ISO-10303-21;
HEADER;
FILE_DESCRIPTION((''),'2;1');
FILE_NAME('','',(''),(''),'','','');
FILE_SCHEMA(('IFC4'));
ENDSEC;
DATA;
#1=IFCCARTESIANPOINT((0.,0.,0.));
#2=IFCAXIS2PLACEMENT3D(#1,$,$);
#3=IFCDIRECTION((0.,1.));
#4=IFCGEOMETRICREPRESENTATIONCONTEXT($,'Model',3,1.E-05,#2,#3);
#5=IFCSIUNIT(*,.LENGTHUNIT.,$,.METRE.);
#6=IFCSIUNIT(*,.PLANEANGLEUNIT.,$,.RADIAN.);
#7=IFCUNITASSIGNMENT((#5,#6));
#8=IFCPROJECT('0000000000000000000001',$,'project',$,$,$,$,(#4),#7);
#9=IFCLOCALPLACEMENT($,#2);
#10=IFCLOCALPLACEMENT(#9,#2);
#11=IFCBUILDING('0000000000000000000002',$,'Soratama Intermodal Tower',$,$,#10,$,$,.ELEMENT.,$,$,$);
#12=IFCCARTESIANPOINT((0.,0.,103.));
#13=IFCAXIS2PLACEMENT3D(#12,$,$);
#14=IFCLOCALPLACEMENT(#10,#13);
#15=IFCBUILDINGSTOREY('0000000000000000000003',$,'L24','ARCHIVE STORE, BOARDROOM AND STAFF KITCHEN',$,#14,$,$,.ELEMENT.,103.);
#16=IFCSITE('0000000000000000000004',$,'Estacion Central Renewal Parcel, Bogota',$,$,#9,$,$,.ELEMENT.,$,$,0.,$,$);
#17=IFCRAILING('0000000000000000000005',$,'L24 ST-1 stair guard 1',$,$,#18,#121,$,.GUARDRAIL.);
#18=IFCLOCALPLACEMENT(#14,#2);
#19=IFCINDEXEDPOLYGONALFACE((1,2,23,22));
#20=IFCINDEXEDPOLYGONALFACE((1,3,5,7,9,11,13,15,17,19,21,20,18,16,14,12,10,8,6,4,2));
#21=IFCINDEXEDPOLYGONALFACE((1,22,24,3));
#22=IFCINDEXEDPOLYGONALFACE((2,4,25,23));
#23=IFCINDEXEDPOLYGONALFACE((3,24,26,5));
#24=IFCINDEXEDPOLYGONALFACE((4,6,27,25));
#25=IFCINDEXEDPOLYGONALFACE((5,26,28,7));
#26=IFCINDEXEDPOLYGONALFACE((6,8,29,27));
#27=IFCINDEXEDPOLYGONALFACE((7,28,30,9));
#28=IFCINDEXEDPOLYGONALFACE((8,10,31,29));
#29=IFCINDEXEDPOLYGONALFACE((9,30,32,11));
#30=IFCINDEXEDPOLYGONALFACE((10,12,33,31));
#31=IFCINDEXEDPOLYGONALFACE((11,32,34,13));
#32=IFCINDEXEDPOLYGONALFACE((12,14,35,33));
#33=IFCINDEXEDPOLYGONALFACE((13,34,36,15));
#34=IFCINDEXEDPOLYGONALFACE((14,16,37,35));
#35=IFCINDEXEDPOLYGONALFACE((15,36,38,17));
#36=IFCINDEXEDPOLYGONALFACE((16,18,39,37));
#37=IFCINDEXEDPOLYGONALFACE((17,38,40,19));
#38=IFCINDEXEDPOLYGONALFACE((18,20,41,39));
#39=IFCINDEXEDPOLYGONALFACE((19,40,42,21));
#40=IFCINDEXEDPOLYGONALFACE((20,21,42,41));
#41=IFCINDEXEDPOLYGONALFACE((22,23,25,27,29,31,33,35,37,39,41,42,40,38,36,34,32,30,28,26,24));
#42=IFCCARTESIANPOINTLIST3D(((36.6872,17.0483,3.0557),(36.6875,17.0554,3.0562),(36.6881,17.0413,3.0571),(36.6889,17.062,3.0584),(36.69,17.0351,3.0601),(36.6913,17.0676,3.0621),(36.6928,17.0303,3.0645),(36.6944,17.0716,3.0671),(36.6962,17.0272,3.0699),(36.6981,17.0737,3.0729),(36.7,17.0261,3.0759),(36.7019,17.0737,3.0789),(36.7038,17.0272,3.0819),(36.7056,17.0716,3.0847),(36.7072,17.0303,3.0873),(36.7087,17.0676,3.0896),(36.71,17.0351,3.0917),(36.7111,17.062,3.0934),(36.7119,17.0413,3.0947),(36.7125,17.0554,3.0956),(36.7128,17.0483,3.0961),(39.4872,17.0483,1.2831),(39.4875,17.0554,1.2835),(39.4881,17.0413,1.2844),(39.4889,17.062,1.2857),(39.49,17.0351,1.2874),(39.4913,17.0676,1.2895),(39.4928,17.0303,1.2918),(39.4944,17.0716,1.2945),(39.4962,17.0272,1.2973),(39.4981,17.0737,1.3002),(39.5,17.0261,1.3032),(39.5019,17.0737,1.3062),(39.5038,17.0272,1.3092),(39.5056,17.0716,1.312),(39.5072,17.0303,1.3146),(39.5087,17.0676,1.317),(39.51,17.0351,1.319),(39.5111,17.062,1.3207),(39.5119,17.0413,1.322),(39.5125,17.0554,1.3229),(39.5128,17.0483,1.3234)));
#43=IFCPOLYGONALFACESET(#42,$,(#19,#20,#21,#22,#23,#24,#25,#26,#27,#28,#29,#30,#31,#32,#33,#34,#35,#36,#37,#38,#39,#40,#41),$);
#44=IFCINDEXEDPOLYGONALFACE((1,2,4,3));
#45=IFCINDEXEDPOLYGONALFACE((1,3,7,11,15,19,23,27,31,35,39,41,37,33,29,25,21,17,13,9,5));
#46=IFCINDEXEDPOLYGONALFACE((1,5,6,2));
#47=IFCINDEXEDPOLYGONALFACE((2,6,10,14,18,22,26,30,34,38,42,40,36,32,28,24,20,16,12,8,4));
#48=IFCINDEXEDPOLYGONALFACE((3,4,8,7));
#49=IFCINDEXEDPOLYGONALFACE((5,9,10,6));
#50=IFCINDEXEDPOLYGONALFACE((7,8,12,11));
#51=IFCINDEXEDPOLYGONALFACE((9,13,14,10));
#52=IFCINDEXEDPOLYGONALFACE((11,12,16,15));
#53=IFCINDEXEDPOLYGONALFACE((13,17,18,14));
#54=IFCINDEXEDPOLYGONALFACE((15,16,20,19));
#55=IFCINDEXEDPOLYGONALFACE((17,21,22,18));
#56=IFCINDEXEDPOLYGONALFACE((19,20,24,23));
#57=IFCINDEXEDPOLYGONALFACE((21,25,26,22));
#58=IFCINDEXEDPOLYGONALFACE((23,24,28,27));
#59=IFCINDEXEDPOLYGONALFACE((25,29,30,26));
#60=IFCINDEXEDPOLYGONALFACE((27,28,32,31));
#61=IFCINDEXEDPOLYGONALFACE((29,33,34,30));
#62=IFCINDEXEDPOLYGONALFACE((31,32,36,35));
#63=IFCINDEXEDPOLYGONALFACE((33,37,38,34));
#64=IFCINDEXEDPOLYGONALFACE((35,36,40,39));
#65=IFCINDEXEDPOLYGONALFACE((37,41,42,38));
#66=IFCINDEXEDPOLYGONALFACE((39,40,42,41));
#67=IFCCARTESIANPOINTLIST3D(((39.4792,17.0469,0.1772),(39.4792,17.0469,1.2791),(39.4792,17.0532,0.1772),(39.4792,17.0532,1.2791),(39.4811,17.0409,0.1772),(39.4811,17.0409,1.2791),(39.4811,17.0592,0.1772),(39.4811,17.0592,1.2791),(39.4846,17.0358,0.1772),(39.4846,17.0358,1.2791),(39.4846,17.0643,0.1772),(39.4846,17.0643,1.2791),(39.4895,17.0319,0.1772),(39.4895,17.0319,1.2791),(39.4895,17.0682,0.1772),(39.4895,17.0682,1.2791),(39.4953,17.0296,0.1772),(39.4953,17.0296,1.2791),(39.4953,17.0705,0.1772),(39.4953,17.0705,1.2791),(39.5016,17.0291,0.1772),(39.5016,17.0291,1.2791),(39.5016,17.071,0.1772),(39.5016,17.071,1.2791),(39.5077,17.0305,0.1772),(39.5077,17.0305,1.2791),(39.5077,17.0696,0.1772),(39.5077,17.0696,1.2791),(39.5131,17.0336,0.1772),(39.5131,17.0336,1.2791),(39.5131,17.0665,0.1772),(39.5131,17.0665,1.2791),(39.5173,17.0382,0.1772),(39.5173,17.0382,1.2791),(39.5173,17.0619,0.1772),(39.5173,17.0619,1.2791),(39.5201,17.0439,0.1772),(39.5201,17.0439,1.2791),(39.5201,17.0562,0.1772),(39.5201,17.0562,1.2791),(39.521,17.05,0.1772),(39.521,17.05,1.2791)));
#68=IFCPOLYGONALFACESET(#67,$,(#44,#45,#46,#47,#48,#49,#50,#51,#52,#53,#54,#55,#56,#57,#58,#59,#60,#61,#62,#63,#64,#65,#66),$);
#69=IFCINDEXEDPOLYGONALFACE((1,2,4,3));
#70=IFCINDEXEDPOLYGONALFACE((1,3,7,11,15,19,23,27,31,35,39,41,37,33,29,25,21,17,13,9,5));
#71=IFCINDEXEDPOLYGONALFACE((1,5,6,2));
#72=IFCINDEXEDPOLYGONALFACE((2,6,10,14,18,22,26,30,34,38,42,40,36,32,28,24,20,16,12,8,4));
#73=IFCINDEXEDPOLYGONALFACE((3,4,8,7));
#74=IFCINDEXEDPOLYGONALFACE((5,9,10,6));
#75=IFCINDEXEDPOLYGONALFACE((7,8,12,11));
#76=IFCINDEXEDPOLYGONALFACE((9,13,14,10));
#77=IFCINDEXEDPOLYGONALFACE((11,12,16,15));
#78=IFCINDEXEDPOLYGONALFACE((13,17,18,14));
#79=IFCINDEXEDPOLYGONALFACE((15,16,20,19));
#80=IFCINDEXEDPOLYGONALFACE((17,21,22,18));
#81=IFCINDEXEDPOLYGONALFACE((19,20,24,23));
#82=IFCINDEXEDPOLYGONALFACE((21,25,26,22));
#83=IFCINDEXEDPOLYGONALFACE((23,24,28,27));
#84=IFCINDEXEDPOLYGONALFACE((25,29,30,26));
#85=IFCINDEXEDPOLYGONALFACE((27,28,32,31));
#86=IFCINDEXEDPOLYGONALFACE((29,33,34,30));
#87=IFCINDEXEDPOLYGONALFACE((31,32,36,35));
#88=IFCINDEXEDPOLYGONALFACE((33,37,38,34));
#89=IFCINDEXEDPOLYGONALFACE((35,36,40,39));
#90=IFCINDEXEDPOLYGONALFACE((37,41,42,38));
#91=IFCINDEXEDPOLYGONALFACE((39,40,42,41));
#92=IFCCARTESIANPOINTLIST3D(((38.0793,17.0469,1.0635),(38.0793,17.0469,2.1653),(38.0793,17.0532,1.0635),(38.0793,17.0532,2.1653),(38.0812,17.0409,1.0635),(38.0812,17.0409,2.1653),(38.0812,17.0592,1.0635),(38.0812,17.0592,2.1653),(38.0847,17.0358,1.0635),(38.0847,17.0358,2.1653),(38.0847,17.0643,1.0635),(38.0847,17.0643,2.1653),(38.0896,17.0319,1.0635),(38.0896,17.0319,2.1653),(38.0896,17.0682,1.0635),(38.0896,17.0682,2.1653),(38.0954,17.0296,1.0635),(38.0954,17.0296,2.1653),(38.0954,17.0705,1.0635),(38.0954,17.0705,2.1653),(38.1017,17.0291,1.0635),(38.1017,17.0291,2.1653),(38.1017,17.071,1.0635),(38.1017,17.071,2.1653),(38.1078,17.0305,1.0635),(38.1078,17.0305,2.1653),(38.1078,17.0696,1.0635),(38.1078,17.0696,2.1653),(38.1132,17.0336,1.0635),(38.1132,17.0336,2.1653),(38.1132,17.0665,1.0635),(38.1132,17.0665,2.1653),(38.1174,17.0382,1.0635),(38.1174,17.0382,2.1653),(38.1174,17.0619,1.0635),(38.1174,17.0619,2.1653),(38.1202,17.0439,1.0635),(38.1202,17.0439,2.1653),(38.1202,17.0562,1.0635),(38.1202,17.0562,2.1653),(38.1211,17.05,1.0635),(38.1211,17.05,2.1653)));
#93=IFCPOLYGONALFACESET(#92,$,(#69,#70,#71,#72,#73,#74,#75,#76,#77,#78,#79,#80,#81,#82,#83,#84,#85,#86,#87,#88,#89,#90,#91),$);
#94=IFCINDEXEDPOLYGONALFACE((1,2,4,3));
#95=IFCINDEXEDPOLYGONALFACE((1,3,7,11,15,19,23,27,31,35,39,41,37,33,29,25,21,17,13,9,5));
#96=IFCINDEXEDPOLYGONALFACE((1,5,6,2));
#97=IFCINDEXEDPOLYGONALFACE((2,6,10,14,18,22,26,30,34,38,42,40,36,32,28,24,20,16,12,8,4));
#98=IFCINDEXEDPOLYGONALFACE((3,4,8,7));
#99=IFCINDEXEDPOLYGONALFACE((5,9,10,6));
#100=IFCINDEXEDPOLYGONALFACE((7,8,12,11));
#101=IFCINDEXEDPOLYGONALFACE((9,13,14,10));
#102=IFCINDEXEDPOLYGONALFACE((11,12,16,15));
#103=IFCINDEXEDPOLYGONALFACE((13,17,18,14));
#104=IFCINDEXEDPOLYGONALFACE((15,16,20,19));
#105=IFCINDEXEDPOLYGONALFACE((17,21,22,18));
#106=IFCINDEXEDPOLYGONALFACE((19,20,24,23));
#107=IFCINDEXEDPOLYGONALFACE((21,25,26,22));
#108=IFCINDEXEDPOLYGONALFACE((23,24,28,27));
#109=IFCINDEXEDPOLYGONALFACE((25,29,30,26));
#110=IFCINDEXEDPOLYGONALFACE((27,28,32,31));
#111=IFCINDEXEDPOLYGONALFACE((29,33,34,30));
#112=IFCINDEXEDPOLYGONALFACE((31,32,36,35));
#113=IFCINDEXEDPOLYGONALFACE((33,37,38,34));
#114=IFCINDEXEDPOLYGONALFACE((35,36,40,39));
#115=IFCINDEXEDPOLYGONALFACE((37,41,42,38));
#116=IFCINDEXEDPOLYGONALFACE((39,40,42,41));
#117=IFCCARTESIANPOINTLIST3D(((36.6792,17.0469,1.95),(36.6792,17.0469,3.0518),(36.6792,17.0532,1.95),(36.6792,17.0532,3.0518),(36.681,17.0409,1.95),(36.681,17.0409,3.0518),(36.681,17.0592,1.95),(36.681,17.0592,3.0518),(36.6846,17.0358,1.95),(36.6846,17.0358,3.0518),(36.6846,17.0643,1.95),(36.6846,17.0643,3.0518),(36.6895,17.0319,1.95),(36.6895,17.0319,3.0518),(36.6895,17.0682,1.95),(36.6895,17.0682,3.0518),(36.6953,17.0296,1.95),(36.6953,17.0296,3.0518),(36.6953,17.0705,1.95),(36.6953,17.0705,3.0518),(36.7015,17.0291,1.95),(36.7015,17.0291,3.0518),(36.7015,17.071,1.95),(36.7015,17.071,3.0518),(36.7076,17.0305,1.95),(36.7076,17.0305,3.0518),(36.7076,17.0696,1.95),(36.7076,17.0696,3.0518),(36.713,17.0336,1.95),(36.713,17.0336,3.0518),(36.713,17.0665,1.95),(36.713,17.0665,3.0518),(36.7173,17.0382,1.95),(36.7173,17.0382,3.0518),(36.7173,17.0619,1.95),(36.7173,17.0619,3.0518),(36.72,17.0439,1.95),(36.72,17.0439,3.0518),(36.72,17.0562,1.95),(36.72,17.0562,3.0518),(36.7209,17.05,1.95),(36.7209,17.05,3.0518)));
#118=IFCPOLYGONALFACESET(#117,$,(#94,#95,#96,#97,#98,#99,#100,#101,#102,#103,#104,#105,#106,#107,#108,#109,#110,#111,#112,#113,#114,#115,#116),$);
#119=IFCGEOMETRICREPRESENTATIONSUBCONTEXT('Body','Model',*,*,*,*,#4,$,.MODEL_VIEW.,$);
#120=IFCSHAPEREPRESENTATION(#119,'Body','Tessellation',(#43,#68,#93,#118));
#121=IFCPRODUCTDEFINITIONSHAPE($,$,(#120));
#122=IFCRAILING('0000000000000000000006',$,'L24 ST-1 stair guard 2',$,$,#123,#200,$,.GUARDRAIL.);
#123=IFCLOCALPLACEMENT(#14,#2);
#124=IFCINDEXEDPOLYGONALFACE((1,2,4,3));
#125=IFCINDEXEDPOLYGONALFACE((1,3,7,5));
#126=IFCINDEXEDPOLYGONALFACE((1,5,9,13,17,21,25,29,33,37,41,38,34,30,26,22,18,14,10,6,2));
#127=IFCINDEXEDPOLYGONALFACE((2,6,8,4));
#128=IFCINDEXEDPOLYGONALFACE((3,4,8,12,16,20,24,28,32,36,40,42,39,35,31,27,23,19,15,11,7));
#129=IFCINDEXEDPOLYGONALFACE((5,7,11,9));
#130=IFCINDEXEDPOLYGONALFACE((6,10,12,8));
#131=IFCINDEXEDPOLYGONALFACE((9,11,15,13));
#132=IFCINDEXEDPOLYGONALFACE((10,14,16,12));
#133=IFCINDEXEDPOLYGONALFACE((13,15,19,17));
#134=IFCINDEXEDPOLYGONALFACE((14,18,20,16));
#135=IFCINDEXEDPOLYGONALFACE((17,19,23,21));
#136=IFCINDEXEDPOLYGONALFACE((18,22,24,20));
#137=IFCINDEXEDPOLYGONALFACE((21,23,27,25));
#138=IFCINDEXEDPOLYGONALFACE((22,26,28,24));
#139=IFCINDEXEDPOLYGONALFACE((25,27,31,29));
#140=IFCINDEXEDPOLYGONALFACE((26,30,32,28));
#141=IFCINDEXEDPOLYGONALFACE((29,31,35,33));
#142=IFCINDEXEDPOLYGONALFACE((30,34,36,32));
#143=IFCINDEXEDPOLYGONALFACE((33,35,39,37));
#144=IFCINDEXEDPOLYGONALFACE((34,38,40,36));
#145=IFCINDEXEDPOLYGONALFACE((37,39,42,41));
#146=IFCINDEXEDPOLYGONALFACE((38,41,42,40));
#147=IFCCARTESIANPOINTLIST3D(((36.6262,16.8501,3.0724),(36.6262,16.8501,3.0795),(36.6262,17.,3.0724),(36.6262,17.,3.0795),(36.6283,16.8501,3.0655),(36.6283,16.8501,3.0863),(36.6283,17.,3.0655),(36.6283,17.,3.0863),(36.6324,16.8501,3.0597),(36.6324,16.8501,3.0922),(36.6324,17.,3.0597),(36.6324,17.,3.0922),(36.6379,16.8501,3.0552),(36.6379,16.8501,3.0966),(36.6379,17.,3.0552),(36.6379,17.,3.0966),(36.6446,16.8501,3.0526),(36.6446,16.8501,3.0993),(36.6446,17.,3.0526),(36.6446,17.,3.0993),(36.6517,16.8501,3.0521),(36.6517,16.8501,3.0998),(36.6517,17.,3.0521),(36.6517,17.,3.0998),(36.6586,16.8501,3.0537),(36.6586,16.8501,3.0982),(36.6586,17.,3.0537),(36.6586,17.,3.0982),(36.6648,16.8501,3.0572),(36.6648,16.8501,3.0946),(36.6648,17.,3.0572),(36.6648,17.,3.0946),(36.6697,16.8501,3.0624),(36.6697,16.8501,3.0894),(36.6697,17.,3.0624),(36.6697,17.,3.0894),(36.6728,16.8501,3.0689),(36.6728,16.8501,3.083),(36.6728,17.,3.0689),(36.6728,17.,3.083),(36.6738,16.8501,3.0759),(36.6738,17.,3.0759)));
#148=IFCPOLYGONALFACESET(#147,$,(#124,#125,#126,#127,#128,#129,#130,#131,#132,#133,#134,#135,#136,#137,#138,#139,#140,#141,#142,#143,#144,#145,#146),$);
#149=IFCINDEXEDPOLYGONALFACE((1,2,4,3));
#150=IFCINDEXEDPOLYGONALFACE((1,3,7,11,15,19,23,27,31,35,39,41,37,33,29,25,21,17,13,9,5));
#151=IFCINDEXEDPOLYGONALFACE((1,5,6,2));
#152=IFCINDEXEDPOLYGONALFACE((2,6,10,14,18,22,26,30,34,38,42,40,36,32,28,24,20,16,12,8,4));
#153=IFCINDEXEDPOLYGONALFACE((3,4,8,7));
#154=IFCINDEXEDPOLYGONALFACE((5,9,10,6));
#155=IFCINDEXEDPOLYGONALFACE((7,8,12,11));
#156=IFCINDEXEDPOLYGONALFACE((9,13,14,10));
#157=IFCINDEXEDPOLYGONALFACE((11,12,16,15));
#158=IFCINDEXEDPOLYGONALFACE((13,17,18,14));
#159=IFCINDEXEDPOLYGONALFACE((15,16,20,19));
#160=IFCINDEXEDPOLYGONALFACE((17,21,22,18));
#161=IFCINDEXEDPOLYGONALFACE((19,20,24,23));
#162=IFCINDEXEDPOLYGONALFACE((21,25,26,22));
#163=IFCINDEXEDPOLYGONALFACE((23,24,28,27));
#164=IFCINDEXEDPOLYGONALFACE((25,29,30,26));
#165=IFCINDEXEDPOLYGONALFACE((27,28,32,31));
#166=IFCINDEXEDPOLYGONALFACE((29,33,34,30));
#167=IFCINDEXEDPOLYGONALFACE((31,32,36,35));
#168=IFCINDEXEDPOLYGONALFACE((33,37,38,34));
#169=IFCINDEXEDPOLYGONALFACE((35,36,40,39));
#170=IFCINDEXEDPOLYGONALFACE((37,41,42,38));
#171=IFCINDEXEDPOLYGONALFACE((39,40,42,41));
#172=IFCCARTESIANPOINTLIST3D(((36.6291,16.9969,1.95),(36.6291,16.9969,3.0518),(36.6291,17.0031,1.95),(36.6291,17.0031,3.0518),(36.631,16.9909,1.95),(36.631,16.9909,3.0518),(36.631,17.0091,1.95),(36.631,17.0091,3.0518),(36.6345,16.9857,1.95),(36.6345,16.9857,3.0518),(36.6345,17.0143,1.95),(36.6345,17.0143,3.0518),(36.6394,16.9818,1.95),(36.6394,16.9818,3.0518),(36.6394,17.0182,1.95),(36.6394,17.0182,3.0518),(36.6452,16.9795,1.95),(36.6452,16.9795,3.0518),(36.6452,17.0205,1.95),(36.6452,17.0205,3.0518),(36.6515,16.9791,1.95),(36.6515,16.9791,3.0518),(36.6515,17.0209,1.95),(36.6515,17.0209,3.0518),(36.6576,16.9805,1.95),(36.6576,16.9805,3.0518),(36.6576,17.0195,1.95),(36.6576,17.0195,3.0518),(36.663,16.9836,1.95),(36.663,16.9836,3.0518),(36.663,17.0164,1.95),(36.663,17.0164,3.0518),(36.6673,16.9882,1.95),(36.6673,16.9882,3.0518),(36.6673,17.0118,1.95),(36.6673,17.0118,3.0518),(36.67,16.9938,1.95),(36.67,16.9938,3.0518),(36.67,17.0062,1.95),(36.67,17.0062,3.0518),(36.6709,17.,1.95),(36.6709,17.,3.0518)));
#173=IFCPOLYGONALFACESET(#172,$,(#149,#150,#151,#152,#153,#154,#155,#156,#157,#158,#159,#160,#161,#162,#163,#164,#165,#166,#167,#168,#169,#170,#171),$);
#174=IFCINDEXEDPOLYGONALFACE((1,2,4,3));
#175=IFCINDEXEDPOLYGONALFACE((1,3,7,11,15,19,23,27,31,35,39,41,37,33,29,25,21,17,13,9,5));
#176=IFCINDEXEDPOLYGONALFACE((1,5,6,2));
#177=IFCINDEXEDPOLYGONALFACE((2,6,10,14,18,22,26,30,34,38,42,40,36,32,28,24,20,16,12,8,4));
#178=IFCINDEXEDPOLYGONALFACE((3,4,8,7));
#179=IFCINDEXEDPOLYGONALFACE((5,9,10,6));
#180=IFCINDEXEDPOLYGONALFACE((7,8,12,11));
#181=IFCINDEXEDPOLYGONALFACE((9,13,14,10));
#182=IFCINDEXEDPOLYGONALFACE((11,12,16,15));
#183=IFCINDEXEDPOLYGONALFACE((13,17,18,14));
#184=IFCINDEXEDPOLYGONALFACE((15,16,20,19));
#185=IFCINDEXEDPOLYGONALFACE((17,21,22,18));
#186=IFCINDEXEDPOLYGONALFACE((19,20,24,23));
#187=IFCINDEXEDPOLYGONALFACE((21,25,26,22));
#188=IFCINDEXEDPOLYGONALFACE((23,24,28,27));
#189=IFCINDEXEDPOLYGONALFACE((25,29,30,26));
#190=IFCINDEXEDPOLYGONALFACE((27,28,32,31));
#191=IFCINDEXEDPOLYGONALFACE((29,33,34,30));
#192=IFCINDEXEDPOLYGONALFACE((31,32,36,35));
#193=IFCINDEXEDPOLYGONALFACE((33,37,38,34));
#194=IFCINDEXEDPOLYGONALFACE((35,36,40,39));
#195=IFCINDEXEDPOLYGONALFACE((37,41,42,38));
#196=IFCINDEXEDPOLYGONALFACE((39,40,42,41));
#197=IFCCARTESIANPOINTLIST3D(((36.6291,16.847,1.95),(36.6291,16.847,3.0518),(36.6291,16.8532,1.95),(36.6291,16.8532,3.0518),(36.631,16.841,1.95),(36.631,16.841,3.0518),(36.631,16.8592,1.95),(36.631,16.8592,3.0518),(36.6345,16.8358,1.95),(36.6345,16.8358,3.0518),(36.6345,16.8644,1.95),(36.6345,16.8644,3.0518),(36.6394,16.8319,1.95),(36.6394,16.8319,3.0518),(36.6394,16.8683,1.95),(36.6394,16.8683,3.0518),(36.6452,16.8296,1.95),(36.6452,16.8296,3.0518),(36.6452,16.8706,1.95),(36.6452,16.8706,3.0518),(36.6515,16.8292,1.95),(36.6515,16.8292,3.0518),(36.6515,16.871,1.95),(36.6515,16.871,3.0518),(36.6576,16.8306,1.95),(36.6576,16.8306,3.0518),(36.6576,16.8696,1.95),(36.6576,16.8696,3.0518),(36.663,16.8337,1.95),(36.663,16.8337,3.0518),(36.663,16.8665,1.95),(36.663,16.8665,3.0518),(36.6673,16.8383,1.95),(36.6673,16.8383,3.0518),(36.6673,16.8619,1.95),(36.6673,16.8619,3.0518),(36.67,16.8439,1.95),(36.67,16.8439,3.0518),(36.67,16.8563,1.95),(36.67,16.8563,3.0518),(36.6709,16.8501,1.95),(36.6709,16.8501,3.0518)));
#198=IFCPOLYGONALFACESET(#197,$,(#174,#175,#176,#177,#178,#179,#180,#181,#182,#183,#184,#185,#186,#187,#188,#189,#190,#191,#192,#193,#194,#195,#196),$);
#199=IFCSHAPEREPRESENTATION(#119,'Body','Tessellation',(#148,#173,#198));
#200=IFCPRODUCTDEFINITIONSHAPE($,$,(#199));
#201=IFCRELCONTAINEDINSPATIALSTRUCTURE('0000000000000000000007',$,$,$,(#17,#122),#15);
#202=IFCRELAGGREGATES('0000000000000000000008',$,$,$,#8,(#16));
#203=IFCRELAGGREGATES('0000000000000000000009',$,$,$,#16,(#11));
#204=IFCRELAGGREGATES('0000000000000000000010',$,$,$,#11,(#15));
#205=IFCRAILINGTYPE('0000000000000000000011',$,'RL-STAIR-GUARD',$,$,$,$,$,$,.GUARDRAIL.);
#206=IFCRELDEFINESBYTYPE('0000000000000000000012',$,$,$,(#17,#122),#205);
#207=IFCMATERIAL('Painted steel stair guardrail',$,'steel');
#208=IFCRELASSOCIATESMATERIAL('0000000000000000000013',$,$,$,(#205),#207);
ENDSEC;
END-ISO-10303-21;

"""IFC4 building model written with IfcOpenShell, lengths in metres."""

from ifc_helpers import new_model, si_unit, direction, frame, origin, origin_2d, place, context, subcontext, project, spatial, circle, extrude, material, type_object, element, save


model = new_model("IFC4")

# Units and contexts
model_context = context("Model", 3, precision=1e-05, world=origin(), true_north=direction((0.0, 1.0)))
body_context = subcontext(model_context, "Body", "Model", "MODEL_VIEW")
ifc_project = project(units=[si_unit("LENGTHUNIT", "METRE"), si_unit("PLANEANGLEUNIT", "RADIAN")], contexts=[model_context])

# Site, building, storey
site_placement = place(None, origin())
site = spatial("IfcSite", under=ifc_project, at=site_placement, Name="Estacion Central Renewal Parcel, Bogota", CompositionType="ELEMENT", RefElevation=0.0)
building_placement = place(site_placement, origin())
building = spatial("IfcBuilding", under=site, at=building_placement, Name="Soratama Intermodal Tower", CompositionType="ELEMENT")
storey_placement = place(building_placement, frame((0.0, 0.0, 103.0)))
storey = spatial("IfcBuildingStorey", under=building, at=storey_placement, Name="L24", Description="ARCHIVE STORE, BOARDROOM AND STAFF KITCHEN", CompositionType="ELEMENT", Elevation=103.0)

# Railings
ifc_material_1 = material(Name="Painted steel stair guardrail", Category="steel")
railing_type_1 = type_object("IfcRailingType", Name="RL-STAIR-GUARD", PredefinedType="GUARDRAIL", material=ifc_material_1)
railing_1_placement = place(storey_placement, frame((39.5, 17.05, 0.1772)))
element("IfcRailing", 1, at=railing_1_placement, inside=storey, type_object=railing_type_1, Name="L24 ST-1 stair guard 1", PredefinedType="GUARDRAIL", context=body_context, shape_type="SweptSolid", body=[
    extrude(circle(Radius=0.0239, at=origin_2d()), frame((0.0, 0.0, 1.126), z_axis=(-0.844909, 0.0, 0.53491), x_axis=(0.0, -1.0, 0.0)), (0.0, 0.0, 1.0), 3.314),
    extrude(circle(Radius=0.021, at=origin_2d()), origin(), (0.0, 0.0, 1.0), 1.1018),
    extrude(circle(Radius=0.021, at=origin_2d()), frame((-1.3999, 0.0, 0.8862)), (0.0, 0.0, 1.0), 1.1018),
    extrude(circle(Radius=0.021, at=origin_2d()), frame((-2.8, 0.0, 1.7727)), (0.0, 0.0, 1.0), 1.1018),
])
railing_2_placement = place(storey_placement, frame((36.6499, 17.0, 1.95)))
element("IfcRailing", 2, at=railing_2_placement, inside=storey, type_object=railing_type_1, Name="L24 ST-1 stair guard 2", PredefinedType="GUARDRAIL", context=body_context, shape_type="SweptSolid", body=[
    extrude(circle(Radius=0.0239, at=origin_2d()), frame((0.0, 0.0, 1.126), z_axis=(0.0, -1.0, 0.0), x_axis=(1.0, 0.0, 0.0)), (0.0, 0.0, 1.0), 0.1499),
    extrude(circle(Radius=0.021, at=origin_2d()), origin(), (0.0, 0.0, 1.0), 1.1018),
    extrude(circle(Radius=0.021, at=origin_2d()), frame((0.0, -0.1499, 0.0)), (0.0, 0.0, 1.0), 1.1018),
])

save(model, "model.ifc")
